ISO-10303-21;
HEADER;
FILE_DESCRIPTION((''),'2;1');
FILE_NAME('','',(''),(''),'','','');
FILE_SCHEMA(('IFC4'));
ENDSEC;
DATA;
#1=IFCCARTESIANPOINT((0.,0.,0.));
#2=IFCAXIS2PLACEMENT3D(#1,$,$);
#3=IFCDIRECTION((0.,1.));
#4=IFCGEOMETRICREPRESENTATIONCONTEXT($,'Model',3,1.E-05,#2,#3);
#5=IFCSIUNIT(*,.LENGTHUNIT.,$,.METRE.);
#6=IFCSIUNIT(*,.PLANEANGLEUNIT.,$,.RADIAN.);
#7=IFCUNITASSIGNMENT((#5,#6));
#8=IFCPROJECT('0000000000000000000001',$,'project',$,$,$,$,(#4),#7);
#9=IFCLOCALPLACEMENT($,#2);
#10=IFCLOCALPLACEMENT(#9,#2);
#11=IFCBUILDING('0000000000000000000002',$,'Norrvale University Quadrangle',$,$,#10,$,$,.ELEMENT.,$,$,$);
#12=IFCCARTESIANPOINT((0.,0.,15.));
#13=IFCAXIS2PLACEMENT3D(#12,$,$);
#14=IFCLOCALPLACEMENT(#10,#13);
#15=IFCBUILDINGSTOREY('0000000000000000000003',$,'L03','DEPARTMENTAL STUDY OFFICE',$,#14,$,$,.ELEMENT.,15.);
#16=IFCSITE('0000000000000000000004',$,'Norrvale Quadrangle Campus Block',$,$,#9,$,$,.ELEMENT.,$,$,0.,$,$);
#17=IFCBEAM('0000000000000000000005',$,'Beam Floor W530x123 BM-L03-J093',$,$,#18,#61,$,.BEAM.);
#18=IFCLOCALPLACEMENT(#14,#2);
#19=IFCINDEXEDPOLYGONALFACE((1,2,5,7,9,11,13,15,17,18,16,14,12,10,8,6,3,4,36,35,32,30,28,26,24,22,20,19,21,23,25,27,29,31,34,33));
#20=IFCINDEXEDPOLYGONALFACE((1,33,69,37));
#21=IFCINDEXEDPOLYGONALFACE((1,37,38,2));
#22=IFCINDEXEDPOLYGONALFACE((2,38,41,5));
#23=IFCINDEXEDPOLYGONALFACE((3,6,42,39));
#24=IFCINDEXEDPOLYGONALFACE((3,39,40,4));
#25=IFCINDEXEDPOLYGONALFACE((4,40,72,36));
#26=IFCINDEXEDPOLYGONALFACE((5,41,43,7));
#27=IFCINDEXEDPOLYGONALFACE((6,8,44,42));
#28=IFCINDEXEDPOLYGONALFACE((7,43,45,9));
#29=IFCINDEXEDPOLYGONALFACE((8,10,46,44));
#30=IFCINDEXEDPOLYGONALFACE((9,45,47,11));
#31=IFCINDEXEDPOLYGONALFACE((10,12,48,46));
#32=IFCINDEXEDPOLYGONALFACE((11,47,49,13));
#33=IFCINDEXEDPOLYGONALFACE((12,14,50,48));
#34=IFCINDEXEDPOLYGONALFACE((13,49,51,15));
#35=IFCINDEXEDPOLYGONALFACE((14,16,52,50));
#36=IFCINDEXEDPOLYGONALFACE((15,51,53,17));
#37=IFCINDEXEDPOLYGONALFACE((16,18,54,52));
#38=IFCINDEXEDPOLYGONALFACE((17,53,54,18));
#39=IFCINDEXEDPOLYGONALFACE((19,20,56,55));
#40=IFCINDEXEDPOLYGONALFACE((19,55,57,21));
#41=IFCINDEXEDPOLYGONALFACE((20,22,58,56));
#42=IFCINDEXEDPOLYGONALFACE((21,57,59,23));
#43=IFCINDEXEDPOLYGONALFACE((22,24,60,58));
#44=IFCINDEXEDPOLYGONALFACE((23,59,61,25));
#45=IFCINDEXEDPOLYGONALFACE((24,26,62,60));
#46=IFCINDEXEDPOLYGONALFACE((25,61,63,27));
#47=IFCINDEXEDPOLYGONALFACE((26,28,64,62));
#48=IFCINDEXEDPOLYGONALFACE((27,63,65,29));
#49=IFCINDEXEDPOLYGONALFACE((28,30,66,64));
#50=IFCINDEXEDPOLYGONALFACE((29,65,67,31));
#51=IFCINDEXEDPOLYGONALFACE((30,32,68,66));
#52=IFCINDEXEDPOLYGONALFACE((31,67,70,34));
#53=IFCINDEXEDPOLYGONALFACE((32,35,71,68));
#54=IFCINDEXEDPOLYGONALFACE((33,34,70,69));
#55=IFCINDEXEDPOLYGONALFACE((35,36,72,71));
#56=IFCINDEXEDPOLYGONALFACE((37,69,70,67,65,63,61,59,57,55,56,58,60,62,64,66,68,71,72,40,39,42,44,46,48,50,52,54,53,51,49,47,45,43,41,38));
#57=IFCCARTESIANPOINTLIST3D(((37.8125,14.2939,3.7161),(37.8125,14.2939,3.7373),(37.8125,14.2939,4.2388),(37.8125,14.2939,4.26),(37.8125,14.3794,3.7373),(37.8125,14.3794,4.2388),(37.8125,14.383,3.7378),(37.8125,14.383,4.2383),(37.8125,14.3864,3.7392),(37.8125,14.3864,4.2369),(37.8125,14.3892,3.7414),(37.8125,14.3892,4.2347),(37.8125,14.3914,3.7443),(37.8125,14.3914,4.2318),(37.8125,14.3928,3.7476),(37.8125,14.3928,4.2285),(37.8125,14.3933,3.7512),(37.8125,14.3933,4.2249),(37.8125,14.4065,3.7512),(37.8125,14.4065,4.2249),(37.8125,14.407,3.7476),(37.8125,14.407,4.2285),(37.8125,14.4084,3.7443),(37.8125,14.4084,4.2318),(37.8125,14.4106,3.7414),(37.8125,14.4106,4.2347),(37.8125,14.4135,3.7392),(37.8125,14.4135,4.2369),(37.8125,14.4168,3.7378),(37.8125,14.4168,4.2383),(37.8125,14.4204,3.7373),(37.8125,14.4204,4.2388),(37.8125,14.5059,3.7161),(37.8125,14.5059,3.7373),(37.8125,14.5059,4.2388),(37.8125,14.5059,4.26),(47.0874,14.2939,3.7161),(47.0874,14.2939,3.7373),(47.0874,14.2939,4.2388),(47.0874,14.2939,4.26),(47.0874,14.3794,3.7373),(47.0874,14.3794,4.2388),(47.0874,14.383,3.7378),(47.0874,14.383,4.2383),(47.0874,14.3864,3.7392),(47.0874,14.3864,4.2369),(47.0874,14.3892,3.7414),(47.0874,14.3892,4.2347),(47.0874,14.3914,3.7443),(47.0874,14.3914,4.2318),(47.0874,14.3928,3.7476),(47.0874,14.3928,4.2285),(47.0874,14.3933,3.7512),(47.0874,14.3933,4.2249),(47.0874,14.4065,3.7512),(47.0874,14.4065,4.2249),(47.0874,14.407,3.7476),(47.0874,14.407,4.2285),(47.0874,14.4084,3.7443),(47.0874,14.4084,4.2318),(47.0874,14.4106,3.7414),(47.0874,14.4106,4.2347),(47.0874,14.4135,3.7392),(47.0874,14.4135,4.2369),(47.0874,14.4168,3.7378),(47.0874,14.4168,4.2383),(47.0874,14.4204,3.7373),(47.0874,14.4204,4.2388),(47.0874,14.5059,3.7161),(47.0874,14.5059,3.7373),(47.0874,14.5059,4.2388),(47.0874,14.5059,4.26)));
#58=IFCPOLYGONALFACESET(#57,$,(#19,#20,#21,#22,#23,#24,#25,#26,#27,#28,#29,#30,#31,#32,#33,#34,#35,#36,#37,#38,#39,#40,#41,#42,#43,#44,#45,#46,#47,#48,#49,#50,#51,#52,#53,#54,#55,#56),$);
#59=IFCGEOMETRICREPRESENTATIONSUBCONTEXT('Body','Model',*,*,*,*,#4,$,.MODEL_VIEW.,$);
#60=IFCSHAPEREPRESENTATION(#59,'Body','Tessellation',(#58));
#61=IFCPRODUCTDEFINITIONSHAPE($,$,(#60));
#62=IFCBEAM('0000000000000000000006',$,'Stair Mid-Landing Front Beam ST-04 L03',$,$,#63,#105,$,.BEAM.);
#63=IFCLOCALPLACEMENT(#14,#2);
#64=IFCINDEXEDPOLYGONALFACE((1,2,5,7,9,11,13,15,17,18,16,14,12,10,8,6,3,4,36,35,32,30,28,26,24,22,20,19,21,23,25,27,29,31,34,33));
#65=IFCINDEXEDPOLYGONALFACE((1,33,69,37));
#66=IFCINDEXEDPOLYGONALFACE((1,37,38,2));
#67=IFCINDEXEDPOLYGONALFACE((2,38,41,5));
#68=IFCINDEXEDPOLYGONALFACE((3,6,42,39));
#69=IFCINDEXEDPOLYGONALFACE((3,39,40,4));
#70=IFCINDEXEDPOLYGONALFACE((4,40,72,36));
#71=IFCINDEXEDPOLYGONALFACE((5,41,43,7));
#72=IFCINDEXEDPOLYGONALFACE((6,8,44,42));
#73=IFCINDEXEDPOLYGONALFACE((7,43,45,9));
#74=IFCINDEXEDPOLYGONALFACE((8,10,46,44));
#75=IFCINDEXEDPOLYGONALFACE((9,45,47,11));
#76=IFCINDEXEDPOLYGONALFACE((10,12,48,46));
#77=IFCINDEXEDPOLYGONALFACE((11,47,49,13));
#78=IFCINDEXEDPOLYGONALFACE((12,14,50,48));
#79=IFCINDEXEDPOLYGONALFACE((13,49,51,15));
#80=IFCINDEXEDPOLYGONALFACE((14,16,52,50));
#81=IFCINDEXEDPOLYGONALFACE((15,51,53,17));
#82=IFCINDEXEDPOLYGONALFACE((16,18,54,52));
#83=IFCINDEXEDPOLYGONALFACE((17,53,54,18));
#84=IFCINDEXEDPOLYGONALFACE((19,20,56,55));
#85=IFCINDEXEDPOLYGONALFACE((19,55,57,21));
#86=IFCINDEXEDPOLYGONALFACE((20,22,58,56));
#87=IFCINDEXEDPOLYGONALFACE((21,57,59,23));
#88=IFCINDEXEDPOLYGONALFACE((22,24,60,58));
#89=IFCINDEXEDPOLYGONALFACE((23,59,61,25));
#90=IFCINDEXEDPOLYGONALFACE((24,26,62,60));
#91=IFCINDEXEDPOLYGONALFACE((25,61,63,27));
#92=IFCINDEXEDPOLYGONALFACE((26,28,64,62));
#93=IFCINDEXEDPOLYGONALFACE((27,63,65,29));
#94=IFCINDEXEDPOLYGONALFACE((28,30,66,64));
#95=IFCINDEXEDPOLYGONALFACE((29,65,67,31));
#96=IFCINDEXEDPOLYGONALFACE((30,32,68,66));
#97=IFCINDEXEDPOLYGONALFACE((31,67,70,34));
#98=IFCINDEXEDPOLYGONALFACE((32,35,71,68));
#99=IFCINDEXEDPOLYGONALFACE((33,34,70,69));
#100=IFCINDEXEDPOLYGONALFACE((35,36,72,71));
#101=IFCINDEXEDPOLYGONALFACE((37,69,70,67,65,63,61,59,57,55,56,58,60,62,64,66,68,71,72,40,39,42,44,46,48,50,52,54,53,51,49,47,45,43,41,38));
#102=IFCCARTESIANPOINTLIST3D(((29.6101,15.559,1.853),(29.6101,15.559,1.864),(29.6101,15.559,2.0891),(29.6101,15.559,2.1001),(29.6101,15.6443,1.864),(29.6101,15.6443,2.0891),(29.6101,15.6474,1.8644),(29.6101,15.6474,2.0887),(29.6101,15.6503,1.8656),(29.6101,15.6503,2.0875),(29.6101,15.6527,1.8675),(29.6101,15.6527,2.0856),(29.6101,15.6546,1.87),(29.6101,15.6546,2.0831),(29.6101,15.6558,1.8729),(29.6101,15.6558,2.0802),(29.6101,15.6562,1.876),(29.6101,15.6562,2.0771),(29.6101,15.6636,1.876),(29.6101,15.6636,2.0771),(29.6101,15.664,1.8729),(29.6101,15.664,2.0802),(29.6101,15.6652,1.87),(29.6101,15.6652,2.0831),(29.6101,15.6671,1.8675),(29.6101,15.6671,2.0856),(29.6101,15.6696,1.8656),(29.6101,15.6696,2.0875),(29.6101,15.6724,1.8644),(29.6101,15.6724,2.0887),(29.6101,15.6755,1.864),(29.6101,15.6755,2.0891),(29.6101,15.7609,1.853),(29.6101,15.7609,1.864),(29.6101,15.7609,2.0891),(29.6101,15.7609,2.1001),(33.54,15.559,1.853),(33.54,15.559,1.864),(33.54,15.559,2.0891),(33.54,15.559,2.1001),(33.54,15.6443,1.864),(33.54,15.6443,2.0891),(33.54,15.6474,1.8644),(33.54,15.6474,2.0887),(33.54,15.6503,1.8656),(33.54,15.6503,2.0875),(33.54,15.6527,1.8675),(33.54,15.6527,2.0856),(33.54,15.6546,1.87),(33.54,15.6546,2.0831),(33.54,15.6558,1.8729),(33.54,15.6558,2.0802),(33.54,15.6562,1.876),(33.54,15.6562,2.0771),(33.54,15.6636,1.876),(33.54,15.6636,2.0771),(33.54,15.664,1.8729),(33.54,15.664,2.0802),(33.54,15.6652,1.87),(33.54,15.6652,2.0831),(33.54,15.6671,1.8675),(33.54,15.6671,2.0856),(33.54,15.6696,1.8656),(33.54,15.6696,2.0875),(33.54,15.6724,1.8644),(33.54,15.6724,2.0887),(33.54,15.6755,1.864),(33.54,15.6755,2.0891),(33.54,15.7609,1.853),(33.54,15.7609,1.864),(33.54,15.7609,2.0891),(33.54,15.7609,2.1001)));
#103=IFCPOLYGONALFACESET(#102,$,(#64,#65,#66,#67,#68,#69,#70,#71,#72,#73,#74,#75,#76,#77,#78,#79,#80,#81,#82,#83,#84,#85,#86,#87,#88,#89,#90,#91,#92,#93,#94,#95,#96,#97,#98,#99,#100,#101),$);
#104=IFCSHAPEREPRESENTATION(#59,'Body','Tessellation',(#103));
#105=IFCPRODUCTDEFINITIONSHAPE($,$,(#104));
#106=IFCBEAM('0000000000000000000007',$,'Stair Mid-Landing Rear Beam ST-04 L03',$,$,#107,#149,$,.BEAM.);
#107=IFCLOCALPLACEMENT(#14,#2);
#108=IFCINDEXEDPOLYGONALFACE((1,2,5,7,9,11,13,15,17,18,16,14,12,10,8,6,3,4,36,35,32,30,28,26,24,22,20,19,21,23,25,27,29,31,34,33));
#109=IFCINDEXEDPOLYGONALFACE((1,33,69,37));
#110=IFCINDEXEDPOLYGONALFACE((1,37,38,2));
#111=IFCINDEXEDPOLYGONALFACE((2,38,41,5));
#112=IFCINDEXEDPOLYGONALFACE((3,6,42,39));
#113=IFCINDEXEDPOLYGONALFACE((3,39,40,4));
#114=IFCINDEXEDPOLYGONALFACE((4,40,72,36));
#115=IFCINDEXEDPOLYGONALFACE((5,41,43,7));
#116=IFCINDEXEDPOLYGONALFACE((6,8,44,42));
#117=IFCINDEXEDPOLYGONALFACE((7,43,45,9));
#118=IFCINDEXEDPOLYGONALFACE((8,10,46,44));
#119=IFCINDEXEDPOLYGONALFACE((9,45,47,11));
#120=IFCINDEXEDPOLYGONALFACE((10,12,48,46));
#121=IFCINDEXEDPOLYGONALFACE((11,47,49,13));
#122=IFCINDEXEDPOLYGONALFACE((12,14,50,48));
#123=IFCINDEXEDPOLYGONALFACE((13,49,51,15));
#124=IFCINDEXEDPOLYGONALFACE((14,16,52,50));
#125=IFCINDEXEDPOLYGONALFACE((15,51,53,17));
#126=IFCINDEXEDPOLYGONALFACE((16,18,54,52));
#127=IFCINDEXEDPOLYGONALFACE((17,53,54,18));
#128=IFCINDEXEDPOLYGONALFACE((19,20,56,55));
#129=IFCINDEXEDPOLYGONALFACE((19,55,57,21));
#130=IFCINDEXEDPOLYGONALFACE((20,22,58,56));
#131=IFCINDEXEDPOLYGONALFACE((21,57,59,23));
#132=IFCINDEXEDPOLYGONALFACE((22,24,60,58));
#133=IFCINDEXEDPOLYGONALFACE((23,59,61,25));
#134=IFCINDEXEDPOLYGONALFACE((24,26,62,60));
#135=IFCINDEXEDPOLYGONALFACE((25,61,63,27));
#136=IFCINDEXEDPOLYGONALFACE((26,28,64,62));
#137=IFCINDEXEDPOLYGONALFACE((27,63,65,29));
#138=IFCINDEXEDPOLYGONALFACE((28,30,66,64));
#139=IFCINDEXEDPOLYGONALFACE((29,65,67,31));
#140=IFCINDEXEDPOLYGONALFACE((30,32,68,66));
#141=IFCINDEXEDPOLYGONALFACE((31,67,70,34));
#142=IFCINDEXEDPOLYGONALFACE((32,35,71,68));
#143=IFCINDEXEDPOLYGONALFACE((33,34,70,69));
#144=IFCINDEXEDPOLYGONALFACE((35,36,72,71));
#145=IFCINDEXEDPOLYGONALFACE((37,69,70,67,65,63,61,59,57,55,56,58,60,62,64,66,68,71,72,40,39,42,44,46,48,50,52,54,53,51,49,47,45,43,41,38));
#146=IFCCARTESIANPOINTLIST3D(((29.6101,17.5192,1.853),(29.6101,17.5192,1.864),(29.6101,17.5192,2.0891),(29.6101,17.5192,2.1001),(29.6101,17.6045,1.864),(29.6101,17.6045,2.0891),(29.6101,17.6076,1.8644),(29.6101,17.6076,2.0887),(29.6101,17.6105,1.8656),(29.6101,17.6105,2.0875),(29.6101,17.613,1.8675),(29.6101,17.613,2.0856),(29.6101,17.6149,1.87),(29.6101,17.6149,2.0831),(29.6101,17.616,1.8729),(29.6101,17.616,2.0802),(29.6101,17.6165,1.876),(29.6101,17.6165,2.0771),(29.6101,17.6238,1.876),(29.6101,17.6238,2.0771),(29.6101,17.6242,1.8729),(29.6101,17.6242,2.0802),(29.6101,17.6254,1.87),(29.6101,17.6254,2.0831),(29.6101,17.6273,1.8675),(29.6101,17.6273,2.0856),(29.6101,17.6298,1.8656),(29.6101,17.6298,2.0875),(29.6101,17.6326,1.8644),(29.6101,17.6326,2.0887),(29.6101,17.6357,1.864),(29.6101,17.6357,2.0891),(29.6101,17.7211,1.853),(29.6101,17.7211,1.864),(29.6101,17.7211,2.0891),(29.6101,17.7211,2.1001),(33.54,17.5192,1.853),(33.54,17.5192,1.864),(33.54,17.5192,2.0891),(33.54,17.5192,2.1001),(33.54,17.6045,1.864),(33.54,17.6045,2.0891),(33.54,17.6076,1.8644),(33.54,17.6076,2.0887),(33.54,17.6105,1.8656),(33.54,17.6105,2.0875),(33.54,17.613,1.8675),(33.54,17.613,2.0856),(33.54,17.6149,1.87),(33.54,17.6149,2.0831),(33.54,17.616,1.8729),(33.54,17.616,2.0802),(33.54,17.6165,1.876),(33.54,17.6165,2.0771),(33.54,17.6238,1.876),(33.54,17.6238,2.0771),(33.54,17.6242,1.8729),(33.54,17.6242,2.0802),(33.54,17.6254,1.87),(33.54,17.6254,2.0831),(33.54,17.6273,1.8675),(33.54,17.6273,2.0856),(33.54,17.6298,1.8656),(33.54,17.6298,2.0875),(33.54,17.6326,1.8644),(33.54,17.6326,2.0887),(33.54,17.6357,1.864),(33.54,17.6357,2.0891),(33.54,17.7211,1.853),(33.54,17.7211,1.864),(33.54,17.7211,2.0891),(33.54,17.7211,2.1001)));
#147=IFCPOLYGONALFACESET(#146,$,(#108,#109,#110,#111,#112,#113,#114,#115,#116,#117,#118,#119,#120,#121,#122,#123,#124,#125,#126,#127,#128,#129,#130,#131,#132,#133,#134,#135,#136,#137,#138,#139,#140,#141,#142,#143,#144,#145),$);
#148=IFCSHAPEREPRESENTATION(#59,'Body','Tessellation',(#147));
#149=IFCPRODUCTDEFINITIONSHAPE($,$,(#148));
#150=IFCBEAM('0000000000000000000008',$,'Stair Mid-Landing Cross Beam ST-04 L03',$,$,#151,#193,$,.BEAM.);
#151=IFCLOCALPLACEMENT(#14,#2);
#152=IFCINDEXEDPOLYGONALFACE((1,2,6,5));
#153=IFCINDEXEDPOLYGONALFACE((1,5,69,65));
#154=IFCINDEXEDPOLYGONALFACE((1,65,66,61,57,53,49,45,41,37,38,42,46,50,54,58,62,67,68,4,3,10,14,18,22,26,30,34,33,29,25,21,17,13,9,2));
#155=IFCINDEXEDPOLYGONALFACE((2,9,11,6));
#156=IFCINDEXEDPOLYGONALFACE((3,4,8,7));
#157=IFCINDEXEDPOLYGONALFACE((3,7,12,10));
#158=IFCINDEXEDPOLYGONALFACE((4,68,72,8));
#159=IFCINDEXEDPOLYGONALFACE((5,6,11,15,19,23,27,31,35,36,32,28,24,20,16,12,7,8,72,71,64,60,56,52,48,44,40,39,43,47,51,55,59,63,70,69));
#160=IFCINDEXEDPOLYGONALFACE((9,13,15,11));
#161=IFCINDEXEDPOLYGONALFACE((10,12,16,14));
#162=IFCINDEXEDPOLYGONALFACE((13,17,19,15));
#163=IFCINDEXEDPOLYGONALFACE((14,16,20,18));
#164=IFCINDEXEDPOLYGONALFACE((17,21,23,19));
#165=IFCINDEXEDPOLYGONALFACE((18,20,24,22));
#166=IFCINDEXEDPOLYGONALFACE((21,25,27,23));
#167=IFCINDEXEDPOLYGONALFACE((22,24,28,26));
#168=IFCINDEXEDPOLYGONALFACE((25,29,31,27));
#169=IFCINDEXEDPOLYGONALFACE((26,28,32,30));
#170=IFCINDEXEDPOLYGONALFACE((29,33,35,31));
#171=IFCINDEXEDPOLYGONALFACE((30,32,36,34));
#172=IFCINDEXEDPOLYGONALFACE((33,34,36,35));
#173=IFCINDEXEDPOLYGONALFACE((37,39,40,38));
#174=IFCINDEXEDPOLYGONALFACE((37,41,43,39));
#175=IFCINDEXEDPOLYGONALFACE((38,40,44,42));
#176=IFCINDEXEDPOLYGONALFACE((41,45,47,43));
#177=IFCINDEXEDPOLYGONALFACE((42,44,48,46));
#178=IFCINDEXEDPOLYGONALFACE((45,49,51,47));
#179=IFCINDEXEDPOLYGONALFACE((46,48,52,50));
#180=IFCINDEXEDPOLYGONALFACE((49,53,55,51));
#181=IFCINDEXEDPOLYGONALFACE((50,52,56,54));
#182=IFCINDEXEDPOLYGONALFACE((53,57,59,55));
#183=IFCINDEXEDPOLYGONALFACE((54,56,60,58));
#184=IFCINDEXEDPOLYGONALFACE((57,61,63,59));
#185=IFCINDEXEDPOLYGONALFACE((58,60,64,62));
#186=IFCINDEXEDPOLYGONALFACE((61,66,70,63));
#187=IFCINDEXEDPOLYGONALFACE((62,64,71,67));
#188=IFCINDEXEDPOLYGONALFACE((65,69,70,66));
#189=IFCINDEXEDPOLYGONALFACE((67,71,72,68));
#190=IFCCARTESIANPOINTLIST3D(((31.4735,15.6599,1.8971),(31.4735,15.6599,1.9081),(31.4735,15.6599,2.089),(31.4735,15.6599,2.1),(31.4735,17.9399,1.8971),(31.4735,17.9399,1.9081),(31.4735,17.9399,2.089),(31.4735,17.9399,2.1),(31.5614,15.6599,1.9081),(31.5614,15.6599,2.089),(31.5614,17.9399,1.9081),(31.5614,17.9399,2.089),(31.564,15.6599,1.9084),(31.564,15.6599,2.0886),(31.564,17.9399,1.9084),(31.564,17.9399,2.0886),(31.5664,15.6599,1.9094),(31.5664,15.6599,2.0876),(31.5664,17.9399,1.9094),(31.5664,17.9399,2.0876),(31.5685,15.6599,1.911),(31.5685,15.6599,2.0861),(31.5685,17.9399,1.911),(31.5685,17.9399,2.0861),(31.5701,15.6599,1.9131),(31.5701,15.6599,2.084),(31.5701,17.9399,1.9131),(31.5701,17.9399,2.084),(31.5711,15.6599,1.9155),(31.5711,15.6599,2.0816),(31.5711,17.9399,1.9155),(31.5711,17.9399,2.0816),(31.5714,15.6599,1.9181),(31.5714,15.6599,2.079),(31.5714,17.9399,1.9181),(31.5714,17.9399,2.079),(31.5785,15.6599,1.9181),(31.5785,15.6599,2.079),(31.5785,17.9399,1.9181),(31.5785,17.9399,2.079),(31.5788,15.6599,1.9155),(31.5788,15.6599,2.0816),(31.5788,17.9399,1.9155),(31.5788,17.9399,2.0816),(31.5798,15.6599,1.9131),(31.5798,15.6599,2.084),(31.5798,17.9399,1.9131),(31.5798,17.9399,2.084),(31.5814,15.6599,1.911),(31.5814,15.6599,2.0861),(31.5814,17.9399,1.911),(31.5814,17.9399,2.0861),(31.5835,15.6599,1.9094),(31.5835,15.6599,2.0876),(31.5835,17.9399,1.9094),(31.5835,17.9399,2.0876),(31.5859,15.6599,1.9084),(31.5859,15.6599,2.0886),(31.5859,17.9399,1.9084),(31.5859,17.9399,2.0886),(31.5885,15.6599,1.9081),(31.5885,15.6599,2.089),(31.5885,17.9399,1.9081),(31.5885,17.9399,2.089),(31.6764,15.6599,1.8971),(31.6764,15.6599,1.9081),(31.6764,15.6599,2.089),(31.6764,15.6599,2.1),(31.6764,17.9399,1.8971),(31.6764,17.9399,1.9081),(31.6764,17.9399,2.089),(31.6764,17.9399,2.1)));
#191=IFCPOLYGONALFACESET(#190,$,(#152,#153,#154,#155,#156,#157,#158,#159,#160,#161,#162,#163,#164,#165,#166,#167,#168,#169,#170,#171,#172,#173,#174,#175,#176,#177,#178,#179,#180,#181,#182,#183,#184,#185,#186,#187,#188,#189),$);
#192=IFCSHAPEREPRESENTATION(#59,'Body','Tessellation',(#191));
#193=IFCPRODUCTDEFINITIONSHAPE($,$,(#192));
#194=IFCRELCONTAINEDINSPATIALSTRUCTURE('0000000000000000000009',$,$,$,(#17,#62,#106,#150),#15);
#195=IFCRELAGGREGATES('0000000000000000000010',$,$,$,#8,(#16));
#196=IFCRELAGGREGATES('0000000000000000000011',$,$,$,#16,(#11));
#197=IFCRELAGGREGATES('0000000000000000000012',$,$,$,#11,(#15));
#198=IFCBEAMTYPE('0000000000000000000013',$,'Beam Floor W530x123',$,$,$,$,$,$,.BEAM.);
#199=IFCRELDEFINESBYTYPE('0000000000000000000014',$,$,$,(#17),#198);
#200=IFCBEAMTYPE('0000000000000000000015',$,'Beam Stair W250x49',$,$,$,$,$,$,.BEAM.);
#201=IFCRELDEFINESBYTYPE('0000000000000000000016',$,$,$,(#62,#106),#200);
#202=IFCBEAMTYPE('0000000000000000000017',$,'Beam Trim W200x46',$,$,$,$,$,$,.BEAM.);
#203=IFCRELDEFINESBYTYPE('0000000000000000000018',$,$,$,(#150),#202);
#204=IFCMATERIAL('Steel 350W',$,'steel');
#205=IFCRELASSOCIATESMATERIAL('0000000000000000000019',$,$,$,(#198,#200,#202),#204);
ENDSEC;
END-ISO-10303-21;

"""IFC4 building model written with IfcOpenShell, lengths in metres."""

from ifc_helpers import new_model, si_unit, direction, frame, origin, origin_2d, place, context, subcontext, project, spatial, i_section, extrude, material, material_profile, profile_set, type_object, element, save


model = new_model("IFC4")

# Units and contexts
model_context = context("Model", 3, precision=1e-05, world=origin(), true_north=direction((0.0, 1.0)))
body_context = subcontext(model_context, "Body", "Model", "MODEL_VIEW")
ifc_project = project(units=[si_unit("LENGTHUNIT", "METRE"), si_unit("PLANEANGLEUNIT", "RADIAN")], contexts=[model_context])

# Site, building, storey
site_placement = place(None, origin())
site = spatial("IfcSite", under=ifc_project, at=site_placement, Name="Norrvale Quadrangle Campus Block", CompositionType="ELEMENT", RefElevation=0.0)
building_placement = place(site_placement, origin())
building = spatial("IfcBuilding", under=site, at=building_placement, Name="Norrvale University Quadrangle", CompositionType="ELEMENT")
storey_placement = place(building_placement, frame((0.0, 0.0, 15.0)))
storey = spatial("IfcBuildingStorey", under=building, at=storey_placement, Name="L03", Description="DEPARTMENTAL STUDY OFFICE", CompositionType="ELEMENT", Elevation=15.0)

# Beams
ifc_material_1 = material(Name="Steel 350W", Category="steel")
ifc_material_profile_1 = material_profile(ifc_material_1, i_section(OverallWidth=0.2119, OverallDepth=0.5439, WebThickness=0.0132, FlangeThickness=0.0212, FilletRadius=0.0139, at=origin_2d()), Name="Steel 350W")
ifc_profile_set_1 = profile_set([ifc_material_profile_1], Name="Steel 350W")
beam_type_1 = type_object("IfcBeamType", Name="Beam Floor W530x123", PredefinedType="BEAM", material=ifc_profile_set_1)
for number, where, z_axis, x_axis, name in (
    (1, (37.8125, 14.3999, 3.988), (1.0, 0.0, 0.0), (0.0, 1.0, 0.0), "Beam Floor W530x123 BM-L03-J093"),
):
    element("IfcBeam", number, at=place(storey_placement, frame(where, z_axis=z_axis, x_axis=x_axis)), inside=storey, type_object=beam_type_1, Name=name, PredefinedType="BEAM", context=body_context, shape_type="SweptSolid", body=[
        extrude(i_section(OverallWidth=0.2119, OverallDepth=0.5439, WebThickness=0.0132, FlangeThickness=0.0212, FilletRadius=0.0139, at=origin_2d()), origin(), (0.0, 0.0, 1.0), 9.2749),
    ])
ifc_material_profile_2 = material_profile(ifc_material_1, i_section(OverallWidth=0.2019, OverallDepth=0.2471, WebThickness=0.0073, FlangeThickness=0.011, FilletRadius=0.012, at=origin_2d()), Name="Steel 350W")
ifc_profile_set_2 = profile_set([ifc_material_profile_2], Name="Steel 350W")
beam_type_2 = type_object("IfcBeamType", Name="Beam Stair W250x49", PredefinedType="BEAM", material=ifc_profile_set_2)
for number, where, z_axis, x_axis, name in (
    (2, (29.6101, 15.6599, 1.9766), (1.0, 0.0, 0.0), (0.0, 1.0, 0.0), "Stair Mid-Landing Front Beam ST-04 L03"),
    (3, (29.6101, 17.6201, 1.9766), (1.0, 0.0, 0.0), (0.0, 1.0, 0.0), "Stair Mid-Landing Rear Beam ST-04 L03"),
):
    element("IfcBeam", number, at=place(storey_placement, frame(where, z_axis=z_axis, x_axis=x_axis)), inside=storey, type_object=beam_type_2, Name=name, PredefinedType="BEAM", context=body_context, shape_type="SweptSolid", body=[
        extrude(i_section(OverallWidth=0.2019, OverallDepth=0.2471, WebThickness=0.0073, FlangeThickness=0.011, FilletRadius=0.012, at=origin_2d()), origin(), (0.0, 0.0, 1.0), 3.9299),
    ])
ifc_material_profile_3 = material_profile(ifc_material_1, i_section(OverallWidth=0.2029, OverallDepth=0.2029, WebThickness=0.0071, FlangeThickness=0.011, FilletRadius=0.01, at=origin_2d()), Name="Steel 350W")
ifc_profile_set_3 = profile_set([ifc_material_profile_3], Name="Steel 350W")
beam_type_3 = type_object("IfcBeamType", Name="Beam Trim W200x46", PredefinedType="BEAM", material=ifc_profile_set_3)
beam_1_placement = place(storey_placement, frame((31.575, 15.6599, 1.9985), z_axis=(0.0, 1.0, 0.0), x_axis=(-1.0, 0.0, 0.0)))
element("IfcBeam", 4, at=beam_1_placement, inside=storey, type_object=beam_type_3, Name="Stair Mid-Landing Cross Beam ST-04 L03", PredefinedType="BEAM", context=body_context, shape_type="SweptSolid", body=[
    extrude(i_section(OverallWidth=0.2029, OverallDepth=0.2029, WebThickness=0.0071, FlangeThickness=0.011, FilletRadius=0.01, at=origin_2d()), origin(), (0.0, 0.0, 1.0), 2.28),
])

save(model, "model.ifc")
